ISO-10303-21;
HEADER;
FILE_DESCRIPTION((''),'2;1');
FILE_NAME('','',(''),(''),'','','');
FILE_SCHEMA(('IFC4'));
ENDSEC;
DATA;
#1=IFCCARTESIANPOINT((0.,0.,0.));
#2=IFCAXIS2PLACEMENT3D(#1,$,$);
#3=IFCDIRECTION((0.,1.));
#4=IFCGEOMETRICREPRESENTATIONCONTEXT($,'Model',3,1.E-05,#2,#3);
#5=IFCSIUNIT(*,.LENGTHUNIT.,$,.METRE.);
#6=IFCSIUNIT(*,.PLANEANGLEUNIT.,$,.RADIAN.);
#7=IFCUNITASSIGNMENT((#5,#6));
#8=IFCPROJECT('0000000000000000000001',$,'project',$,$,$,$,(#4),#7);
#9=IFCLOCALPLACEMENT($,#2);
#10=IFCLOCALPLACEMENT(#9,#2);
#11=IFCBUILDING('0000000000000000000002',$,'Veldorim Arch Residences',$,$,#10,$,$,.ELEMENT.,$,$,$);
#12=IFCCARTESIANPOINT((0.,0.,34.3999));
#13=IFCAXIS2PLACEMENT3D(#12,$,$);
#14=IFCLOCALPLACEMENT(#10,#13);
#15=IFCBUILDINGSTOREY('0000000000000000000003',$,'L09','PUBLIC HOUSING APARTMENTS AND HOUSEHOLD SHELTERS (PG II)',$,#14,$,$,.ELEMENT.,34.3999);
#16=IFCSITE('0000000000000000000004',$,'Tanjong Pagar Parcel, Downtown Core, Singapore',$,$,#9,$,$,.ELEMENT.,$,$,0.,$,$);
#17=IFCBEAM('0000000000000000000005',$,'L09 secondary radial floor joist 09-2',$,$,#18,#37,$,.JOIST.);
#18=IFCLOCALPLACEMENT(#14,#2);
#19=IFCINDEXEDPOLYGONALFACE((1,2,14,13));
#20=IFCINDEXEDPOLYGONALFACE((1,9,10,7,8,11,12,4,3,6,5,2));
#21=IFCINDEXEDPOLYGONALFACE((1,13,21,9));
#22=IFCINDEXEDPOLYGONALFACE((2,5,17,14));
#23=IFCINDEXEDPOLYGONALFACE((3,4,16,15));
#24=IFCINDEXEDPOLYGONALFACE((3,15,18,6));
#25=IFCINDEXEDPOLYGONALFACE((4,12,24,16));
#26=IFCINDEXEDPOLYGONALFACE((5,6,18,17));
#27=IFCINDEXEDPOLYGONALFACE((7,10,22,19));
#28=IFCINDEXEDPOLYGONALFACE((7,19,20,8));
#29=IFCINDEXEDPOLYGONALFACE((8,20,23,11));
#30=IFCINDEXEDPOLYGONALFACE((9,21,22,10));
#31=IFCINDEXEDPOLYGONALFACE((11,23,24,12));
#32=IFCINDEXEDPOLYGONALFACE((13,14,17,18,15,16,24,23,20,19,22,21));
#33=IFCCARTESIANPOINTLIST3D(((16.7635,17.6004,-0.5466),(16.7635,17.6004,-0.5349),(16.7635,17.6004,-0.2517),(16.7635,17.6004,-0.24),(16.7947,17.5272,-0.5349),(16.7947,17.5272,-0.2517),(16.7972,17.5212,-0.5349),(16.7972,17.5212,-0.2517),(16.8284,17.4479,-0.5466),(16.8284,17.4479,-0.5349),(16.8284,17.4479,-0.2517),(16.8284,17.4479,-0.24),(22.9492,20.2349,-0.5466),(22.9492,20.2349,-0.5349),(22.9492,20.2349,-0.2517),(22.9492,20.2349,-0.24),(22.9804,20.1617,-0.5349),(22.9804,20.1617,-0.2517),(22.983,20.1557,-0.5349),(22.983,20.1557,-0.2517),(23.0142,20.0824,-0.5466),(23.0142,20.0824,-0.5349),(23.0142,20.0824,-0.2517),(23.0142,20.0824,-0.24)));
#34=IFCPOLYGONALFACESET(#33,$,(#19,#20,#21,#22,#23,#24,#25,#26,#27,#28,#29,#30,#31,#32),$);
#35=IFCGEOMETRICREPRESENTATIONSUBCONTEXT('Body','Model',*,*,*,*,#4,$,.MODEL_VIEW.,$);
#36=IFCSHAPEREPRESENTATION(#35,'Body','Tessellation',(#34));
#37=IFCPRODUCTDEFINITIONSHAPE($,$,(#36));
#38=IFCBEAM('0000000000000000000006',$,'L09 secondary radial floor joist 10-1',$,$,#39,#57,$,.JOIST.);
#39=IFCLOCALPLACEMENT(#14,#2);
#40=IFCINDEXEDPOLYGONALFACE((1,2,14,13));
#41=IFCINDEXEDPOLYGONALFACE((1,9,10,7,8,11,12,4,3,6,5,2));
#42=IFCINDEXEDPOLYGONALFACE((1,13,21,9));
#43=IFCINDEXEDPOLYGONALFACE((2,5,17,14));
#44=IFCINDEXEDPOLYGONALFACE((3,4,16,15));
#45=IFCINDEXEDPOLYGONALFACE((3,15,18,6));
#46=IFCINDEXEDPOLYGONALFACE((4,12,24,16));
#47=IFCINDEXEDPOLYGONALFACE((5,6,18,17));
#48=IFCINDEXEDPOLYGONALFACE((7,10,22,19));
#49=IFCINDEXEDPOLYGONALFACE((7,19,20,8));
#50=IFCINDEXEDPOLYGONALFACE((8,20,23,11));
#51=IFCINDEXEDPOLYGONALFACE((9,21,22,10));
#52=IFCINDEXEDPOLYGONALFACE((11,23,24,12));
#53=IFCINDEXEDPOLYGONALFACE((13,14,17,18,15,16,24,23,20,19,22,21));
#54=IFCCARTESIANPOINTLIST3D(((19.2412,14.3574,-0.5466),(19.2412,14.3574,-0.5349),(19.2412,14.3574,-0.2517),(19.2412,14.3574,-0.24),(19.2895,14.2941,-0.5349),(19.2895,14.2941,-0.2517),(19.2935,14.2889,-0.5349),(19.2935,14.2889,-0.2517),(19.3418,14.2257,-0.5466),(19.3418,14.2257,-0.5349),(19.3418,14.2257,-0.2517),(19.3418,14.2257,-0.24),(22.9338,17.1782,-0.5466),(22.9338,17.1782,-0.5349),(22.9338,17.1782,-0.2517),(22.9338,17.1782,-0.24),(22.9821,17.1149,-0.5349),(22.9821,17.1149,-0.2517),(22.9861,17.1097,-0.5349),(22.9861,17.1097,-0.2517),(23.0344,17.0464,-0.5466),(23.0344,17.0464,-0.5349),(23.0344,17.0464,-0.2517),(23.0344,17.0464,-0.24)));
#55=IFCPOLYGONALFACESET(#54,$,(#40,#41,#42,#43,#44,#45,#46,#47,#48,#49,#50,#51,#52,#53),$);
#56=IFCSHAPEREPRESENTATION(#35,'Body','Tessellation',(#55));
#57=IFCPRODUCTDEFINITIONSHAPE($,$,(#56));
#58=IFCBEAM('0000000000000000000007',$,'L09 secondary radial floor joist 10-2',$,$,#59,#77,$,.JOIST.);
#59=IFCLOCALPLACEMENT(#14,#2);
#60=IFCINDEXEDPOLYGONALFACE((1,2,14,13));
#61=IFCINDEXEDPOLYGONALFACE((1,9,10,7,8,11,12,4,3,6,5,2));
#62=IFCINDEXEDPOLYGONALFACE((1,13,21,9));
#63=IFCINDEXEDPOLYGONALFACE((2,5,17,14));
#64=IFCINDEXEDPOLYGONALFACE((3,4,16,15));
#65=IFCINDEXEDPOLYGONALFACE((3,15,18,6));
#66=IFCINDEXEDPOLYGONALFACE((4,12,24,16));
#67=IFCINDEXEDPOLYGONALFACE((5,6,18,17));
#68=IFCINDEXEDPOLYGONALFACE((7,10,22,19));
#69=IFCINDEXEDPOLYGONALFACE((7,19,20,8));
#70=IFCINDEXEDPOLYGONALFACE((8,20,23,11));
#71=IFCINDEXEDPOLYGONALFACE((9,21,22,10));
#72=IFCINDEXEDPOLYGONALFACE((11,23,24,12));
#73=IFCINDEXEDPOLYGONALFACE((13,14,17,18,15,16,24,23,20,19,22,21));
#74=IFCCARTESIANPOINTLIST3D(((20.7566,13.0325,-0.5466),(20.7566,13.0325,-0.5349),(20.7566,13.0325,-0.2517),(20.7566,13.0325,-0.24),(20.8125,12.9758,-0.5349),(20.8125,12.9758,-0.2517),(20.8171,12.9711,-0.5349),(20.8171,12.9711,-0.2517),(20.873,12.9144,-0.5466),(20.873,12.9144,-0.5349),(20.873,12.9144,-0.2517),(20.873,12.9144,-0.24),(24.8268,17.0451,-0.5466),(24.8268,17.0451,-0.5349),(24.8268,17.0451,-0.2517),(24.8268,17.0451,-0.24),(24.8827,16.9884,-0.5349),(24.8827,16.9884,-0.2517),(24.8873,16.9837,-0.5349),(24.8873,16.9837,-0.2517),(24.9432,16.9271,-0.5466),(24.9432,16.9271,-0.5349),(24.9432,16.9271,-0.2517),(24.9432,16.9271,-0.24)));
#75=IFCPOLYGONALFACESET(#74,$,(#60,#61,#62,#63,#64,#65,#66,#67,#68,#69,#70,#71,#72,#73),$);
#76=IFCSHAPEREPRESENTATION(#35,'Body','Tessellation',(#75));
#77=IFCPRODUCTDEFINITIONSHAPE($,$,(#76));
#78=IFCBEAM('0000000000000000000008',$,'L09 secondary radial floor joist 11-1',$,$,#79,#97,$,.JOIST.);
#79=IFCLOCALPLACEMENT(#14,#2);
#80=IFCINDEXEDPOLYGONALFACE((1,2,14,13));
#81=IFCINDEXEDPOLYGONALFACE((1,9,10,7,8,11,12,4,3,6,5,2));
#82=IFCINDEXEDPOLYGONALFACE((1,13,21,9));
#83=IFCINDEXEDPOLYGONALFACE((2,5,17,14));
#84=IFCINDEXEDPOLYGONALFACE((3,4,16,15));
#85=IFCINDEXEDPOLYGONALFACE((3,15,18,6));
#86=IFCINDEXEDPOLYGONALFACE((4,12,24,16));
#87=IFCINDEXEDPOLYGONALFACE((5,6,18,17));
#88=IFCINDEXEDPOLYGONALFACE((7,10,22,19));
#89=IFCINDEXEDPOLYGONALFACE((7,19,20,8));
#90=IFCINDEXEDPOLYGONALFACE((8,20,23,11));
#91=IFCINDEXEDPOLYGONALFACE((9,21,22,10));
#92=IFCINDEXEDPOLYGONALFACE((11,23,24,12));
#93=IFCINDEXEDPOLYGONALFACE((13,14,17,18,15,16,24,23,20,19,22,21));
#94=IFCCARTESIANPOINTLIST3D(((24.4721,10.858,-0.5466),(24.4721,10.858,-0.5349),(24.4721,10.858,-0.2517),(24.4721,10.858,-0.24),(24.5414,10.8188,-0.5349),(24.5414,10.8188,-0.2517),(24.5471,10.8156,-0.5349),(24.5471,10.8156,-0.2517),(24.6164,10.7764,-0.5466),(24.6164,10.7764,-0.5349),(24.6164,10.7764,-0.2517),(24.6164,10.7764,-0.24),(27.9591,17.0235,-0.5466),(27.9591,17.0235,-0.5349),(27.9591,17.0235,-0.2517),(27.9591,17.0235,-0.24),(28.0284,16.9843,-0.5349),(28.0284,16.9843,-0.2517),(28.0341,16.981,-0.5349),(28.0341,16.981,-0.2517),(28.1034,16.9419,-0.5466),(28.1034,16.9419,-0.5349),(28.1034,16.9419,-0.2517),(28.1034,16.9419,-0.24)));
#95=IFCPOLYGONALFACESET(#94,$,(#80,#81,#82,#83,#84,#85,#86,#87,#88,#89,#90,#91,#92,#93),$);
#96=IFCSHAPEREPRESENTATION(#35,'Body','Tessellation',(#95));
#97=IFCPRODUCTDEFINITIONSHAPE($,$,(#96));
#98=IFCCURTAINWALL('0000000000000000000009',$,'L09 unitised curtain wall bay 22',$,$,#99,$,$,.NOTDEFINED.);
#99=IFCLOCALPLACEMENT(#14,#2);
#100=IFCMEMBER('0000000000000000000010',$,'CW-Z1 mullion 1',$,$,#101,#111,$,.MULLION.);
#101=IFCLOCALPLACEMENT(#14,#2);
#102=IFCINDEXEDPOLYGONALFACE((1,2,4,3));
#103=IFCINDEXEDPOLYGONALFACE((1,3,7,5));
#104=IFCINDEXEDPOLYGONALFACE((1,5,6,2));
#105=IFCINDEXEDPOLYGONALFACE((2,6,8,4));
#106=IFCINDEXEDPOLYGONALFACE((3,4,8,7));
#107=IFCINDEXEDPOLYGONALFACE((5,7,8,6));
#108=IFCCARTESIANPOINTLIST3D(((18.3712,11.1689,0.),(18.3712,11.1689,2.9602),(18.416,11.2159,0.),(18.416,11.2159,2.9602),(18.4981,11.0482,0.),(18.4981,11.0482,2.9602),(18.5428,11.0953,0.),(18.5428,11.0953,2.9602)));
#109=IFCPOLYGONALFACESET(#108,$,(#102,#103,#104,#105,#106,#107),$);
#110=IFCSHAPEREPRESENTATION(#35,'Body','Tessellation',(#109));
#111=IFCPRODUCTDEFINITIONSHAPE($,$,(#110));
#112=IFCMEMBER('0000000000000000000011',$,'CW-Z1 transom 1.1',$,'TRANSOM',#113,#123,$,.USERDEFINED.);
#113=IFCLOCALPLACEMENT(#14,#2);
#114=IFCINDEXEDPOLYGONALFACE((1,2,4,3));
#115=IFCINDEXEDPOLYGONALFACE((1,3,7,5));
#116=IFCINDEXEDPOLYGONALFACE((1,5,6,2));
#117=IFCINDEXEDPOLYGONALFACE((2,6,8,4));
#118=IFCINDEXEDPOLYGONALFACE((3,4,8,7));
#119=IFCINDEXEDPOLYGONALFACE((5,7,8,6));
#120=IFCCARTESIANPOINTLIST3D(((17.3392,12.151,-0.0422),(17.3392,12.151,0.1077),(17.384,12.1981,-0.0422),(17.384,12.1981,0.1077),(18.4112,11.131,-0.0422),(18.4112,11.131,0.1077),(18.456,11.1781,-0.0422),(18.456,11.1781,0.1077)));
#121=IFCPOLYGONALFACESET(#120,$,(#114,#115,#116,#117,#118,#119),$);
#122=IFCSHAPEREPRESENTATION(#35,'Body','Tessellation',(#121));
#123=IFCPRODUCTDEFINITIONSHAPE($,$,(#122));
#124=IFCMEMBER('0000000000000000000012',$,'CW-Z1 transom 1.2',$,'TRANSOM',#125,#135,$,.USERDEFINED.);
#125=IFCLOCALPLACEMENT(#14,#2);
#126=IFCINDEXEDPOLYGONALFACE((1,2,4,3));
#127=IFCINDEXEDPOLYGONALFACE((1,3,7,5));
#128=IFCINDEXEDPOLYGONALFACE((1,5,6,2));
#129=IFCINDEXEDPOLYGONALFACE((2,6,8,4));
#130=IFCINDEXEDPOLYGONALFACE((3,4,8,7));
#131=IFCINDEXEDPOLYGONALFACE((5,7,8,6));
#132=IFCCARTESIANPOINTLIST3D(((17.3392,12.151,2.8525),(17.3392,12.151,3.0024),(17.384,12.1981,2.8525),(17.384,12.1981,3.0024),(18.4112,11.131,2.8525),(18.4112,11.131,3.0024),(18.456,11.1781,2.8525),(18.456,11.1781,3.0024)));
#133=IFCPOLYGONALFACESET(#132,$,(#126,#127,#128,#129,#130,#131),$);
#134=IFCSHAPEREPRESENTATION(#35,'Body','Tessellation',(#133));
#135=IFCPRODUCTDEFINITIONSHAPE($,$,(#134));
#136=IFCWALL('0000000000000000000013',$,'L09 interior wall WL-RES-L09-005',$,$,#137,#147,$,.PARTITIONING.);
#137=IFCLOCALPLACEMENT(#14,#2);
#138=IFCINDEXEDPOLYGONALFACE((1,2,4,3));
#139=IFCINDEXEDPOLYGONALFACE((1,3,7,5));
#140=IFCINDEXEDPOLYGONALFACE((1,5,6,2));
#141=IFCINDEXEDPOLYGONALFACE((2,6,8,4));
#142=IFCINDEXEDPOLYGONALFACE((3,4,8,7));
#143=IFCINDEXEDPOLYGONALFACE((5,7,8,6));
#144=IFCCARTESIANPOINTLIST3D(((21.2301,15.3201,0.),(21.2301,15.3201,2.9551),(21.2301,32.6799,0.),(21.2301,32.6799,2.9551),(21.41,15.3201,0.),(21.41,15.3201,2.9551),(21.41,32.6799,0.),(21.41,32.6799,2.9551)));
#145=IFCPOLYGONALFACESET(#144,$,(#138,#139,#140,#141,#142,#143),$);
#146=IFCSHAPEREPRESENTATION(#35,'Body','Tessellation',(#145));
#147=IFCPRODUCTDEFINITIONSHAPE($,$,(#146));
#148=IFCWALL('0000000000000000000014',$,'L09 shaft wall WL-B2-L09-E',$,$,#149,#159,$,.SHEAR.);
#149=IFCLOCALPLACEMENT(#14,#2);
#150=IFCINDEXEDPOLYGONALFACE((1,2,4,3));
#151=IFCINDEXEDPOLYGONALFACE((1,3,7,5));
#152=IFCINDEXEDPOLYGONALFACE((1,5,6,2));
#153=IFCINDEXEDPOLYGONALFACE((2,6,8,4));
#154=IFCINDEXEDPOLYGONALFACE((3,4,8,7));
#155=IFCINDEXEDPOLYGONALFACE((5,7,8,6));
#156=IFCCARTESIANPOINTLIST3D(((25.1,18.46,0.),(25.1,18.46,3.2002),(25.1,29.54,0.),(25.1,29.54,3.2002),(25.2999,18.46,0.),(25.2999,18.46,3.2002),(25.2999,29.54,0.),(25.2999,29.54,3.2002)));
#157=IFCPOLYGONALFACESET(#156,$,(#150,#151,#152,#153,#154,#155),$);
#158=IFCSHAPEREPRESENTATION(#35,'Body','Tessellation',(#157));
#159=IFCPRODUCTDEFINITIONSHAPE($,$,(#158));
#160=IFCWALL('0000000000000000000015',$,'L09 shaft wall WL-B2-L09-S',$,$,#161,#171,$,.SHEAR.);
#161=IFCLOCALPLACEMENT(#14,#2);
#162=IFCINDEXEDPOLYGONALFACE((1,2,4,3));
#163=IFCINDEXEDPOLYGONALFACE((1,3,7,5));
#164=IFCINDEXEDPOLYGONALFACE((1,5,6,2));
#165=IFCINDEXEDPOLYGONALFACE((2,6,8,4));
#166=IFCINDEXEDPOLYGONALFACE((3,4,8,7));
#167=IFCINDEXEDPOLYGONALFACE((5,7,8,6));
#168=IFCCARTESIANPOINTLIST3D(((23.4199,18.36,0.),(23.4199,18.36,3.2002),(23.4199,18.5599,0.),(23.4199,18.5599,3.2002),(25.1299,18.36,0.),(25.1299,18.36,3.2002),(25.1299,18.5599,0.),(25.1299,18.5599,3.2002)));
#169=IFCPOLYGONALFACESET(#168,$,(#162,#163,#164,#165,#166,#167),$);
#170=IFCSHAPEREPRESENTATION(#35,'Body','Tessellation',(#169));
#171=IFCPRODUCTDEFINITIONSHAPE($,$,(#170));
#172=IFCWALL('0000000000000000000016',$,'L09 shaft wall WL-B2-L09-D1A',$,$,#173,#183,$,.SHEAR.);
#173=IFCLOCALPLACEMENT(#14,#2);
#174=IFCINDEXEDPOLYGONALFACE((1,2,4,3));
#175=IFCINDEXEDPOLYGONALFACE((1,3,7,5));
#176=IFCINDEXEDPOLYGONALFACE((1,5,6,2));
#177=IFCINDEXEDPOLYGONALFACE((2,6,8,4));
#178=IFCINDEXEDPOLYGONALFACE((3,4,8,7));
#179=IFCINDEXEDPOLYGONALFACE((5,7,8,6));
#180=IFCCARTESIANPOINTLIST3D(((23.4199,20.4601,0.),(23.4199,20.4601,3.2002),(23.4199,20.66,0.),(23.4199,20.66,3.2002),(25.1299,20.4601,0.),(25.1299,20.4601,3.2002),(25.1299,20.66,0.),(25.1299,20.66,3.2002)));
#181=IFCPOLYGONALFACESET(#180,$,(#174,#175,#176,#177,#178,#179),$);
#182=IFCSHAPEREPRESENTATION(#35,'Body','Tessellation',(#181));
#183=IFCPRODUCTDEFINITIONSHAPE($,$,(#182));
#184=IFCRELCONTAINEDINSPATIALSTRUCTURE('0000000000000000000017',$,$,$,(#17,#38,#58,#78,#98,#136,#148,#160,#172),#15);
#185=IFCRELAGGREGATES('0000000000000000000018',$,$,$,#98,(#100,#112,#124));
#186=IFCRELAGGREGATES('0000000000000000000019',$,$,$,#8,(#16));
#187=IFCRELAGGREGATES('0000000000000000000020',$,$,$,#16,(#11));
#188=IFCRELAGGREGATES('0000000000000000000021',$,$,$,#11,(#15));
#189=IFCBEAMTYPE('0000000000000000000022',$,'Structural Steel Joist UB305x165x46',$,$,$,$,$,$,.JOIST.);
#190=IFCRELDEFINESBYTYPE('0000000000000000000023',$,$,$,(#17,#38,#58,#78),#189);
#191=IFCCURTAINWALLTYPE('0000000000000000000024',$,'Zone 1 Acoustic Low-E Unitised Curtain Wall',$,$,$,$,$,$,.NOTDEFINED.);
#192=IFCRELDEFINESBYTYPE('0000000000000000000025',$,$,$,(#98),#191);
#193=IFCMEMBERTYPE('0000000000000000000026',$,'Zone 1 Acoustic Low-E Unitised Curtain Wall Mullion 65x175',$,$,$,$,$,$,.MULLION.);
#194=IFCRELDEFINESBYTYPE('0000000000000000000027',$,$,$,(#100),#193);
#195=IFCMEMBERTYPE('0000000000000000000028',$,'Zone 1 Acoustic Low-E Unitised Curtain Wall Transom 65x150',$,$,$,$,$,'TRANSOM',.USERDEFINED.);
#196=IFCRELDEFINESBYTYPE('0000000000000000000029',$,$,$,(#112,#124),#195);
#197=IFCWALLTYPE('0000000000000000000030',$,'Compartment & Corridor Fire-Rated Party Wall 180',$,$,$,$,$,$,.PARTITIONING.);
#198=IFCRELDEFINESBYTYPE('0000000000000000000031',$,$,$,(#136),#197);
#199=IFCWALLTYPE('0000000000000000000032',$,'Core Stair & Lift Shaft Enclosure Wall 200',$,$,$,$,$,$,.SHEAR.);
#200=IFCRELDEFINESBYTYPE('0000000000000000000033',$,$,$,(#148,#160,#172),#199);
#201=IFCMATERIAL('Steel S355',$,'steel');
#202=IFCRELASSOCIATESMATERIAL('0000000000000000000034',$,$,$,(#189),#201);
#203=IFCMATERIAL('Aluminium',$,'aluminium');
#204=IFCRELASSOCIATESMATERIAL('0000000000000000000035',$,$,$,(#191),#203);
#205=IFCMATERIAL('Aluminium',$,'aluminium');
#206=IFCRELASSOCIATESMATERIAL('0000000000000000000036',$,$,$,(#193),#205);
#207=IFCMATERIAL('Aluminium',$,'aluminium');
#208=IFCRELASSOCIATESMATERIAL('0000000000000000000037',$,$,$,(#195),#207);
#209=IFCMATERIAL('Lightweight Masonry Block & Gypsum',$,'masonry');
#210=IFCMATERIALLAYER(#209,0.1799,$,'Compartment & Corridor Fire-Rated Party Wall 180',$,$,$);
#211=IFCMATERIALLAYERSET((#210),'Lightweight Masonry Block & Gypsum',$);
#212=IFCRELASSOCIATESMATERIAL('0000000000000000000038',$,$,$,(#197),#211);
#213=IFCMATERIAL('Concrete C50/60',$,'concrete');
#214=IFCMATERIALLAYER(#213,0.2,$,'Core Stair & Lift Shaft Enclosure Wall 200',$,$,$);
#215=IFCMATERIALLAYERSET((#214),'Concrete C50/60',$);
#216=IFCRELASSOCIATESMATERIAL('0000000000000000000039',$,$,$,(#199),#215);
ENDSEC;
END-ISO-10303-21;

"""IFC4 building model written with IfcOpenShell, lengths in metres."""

from ifc_helpers import new_model, si_unit, direction, frame, frame_2d, origin, origin_2d, place, context, subcontext, project, spatial, rectangle, i_section, extrude, material, layer, layer_set, material_profile, profile_set, type_object, element, aggregate, save


model = new_model("IFC4")

# Units and contexts
model_context = context("Model", 3, precision=1e-05, world=origin(), true_north=direction((0.0, 1.0)))
body_context = subcontext(model_context, "Body", "Model", "MODEL_VIEW")
ifc_project = project(units=[si_unit("LENGTHUNIT", "METRE"), si_unit("PLANEANGLEUNIT", "RADIAN")], contexts=[model_context])

# Site, building, storey
site_placement = place(None, origin())
site = spatial("IfcSite", under=ifc_project, at=site_placement, Name="Tanjong Pagar Parcel, Downtown Core, Singapore", CompositionType="ELEMENT", RefElevation=0.0)
building_placement = place(site_placement, origin())
building = spatial("IfcBuilding", under=site, at=building_placement, Name="Veldorim Arch Residences", CompositionType="ELEMENT")
storey_placement = place(building_placement, frame((0.0, 0.0, 34.3999)))
storey = spatial("IfcBuildingStorey", under=building, at=storey_placement, Name="L09", Description="PUBLIC HOUSING APARTMENTS AND HOUSEHOLD SHELTERS (PG II)", CompositionType="ELEMENT", Elevation=34.3999)

# Beams
ifc_material_1 = material(Name="Steel S355", Category="steel")
ifc_material_profile_1 = material_profile(ifc_material_1, i_section(OverallWidth=0.1658, OverallDepth=0.3066, WebThickness=0.0066, FlangeThickness=0.0117, at=origin_2d()), Name="UB305x165x46")
ifc_profile_set_1 = profile_set([ifc_material_profile_1], Name="Steel S355")
beam_type_1 = type_object("IfcBeamType", Name="Structural Steel Joist UB305x165x46", PredefinedType="JOIST", material=ifc_profile_set_1)
beam_1_placement = place(storey_placement, frame((22.9817, 20.1587, -0.3933), z_axis=(-0.920033, -0.391841, 0.0), x_axis=(0.391841, -0.920033, 0.0)))
element("IfcBeam", 1, at=beam_1_placement, inside=storey, type_object=beam_type_1, Name="L09 secondary radial floor joist 09-2", PredefinedType="JOIST", context=body_context, shape_type="SweptSolid", body=[
    extrude(i_section(OverallWidth=0.1658, OverallDepth=0.3066, WebThickness=0.0066, FlangeThickness=0.0117, at=origin_2d()), origin(), (0.0, 0.0, 1.0), 6.7234),
])
beam_2_placement = place(storey_placement, frame((22.9841, 17.1123, -0.3933), z_axis=(-0.794666, -0.607046, 0.0), x_axis=(0.607046, -0.794666, 0.0)))
element("IfcBeam", 2, at=beam_2_placement, inside=storey, type_object=beam_type_1, Name="L09 secondary radial floor joist 10-1", PredefinedType="JOIST", context=body_context, shape_type="SweptSolid", body=[
    extrude(i_section(OverallWidth=0.1658, OverallDepth=0.3066, WebThickness=0.0066, FlangeThickness=0.0117, at=origin_2d()), origin(), (0.0, 0.0, 1.0), 4.6467),
])
beam_3_placement = place(storey_placement, frame((24.885, 16.9861, -0.3933), z_axis=(-0.712129, -0.702049, 0.0), x_axis=(0.702049, -0.712129, 0.0)))
element("IfcBeam", 3, at=beam_3_placement, inside=storey, type_object=beam_type_1, Name="L09 secondary radial floor joist 10-2", PredefinedType="JOIST", context=body_context, shape_type="SweptSolid", body=[
    extrude(i_section(OverallWidth=0.1658, OverallDepth=0.3066, WebThickness=0.0066, FlangeThickness=0.0117, at=origin_2d()), origin(), (0.0, 0.0, 1.0), 5.7156),
])
beam_4_placement = place(storey_placement, frame((28.0312, 16.9827, -0.3933), z_axis=(-0.492292, -0.87043, 0.0), x_axis=(0.87043, -0.492292, 0.0)))
element("IfcBeam", 4, at=beam_4_placement, inside=storey, type_object=beam_type_1, Name="L09 secondary radial floor joist 11-1", PredefinedType="JOIST", context=body_context, shape_type="SweptSolid", body=[
    extrude(i_section(OverallWidth=0.1658, OverallDepth=0.3066, WebThickness=0.0066, FlangeThickness=0.0117, at=origin_2d()), origin(), (0.0, 0.0, 1.0), 7.0833),
])

# Curtain wall, members
ifc_material_2 = material(Name="Aluminium", Category="aluminium")
curtain_wall_type = type_object("IfcCurtainWallType", Name="Zone 1 Acoustic Low-E Unitised Curtain Wall", PredefinedType="NOTDEFINED", material=ifc_material_2)
curtain_wall_placement = place(storey_placement, origin())
curtain_wall = element("IfcCurtainWall", 5, at=curtain_wall_placement, inside=storey, type_object=curtain_wall_type, Name="L09 unitised curtain wall bay 22", PredefinedType="NOTDEFINED")
ifc_material_3 = material(Name="Aluminium", Category="aluminium")
ifc_material_profile_2 = material_profile(ifc_material_3, rectangle(XDim=0.0649, YDim=0.175, at=origin_2d()), Name="ALU_MUL_65x175")
ifc_profile_set_2 = profile_set([ifc_material_profile_2], Name="Aluminium")
member_type_1 = type_object("IfcMemberType", Name="Zone 1 Acoustic Low-E Unitised Curtain Wall Mullion 65x175", PredefinedType="MULLION", material=ifc_profile_set_2)
member_1_placement = place(storey_placement, frame((18.457, 11.1321, 0.0), z_axis=(0.0, 0.0, 1.0), x_axis=(-0.689245, -0.724528, 0.0)))
member_1 = element("IfcMember", 6, at=member_1_placement, type_object=member_type_1, Name="CW-Z1 mullion 1", PredefinedType="MULLION", context=body_context, shape_type="SweptSolid", body=[
    extrude(rectangle(XDim=0.0649, YDim=0.175, at=origin_2d()), origin(), (0.0, 0.0, 1.0), 2.9602),
])
ifc_material_4 = material(Name="Aluminium", Category="aluminium")
ifc_material_profile_3 = material_profile(ifc_material_4, rectangle(XDim=0.0649, YDim=0.1499, at=origin_2d()), Name="ALU_TRN_65x150")
ifc_profile_set_3 = profile_set([ifc_material_profile_3], Name="Aluminium")
member_type_2 = type_object("IfcMemberType", Name="Zone 1 Acoustic Low-E Unitised Curtain Wall Transom 65x150", ElementType="TRANSOM", PredefinedType="USERDEFINED", material=ifc_profile_set_3)
member_2_placement = place(storey_placement, frame((18.4336, 11.1545, 0.0327), z_axis=(-0.72446, 0.689317, 0.0), x_axis=(-0.689317, -0.72446, 0.0)))
member_2 = element("IfcMember", 7, at=member_2_placement, type_object=member_type_2, Name="CW-Z1 transom 1.1", ObjectType="TRANSOM", PredefinedType="USERDEFINED", context=body_context, shape_type="SweptSolid", body=[
    extrude(rectangle(XDim=0.0649, YDim=0.1499, at=origin_2d()), origin(), (0.0, 0.0, 1.0), 1.4797),
])
member_3_placement = place(storey_placement, frame((18.4336, 11.1545, 2.9275), z_axis=(-0.72446, 0.689317, 0.0), x_axis=(-0.689317, -0.72446, 0.0)))
member_3 = element("IfcMember", 8, at=member_3_placement, type_object=member_type_2, Name="CW-Z1 transom 1.2", ObjectType="TRANSOM", PredefinedType="USERDEFINED", context=body_context, shape_type="SweptSolid", body=[
    extrude(rectangle(XDim=0.0649, YDim=0.1499, at=origin_2d()), origin(), (0.0, 0.0, 1.0), 1.4797),
])
aggregate(curtain_wall, [member_1, member_2, member_3])

# Walls
ifc_material_5 = material(Name="Lightweight Masonry Block & Gypsum", Category="masonry")
ifc_layer_1 = layer(ifc_material_5, 0.1799, Name="Compartment & Corridor Fire-Rated Party Wall 180")
ifc_layer_set_1 = layer_set([ifc_layer_1], Name="Lightweight Masonry Block & Gypsum")
wall_type_1 = type_object("IfcWallType", Name="Compartment & Corridor Fire-Rated Party Wall 180", PredefinedType="PARTITIONING", material=ifc_layer_set_1)
wall_1_placement = place(storey_placement, frame((21.3201, 15.3201, 0.0), z_axis=(0.0, 0.0, 1.0), x_axis=(0.0, 1.0, 0.0)))
element("IfcWall", 9, at=wall_1_placement, inside=storey, type_object=wall_type_1, Name="L09 interior wall WL-RES-L09-005", PredefinedType="PARTITIONING", context=body_context, shape_type="SweptSolid", body=[
    extrude(rectangle(XDim=17.3599, YDim=0.1799, at=frame_2d((8.6799, 0.0))), origin(), (0.0, 0.0, 1.0), 2.9551),
])
ifc_material_6 = material(Name="Concrete C50/60", Category="concrete")
ifc_layer_2 = layer(ifc_material_6, 0.2, Name="Core Stair & Lift Shaft Enclosure Wall 200")
ifc_layer_set_2 = layer_set([ifc_layer_2], Name="Concrete C50/60")
wall_type_2 = type_object("IfcWallType", Name="Core Stair & Lift Shaft Enclosure Wall 200", PredefinedType="SHEAR", material=ifc_layer_set_2)
wall_2_placement = place(storey_placement, frame((25.2, 18.46, 0.0), z_axis=(0.0, 0.0, 1.0), x_axis=(0.0, 1.0, 0.0)))
element("IfcWall", 10, at=wall_2_placement, inside=storey, type_object=wall_type_2, Name="L09 shaft wall WL-B2-L09-E", PredefinedType="SHEAR", context=body_context, shape_type="SweptSolid", body=[
    extrude(rectangle(XDim=11.0801, YDim=0.2, at=frame_2d((5.54, 0.0))), origin(), (0.0, 0.0, 1.0), 3.2002),
])
for number, where, z_axis, x_axis, name in (
    (11, (23.4199, 18.46, 0.0), (0.0, 0.0, 1.0), (1.0, 0.0, 0.0), "L09 shaft wall WL-B2-L09-S"),
    (12, (23.4199, 20.5601, 0.0), (0.0, 0.0, 1.0), (1.0, 0.0, 0.0), "L09 shaft wall WL-B2-L09-D1A"),
):
    element("IfcWall", number, at=place(storey_placement, frame(where, z_axis=z_axis, x_axis=x_axis)), inside=storey, type_object=wall_type_2, Name=name, PredefinedType="SHEAR", context=body_context, shape_type="SweptSolid", body=[
        extrude(rectangle(XDim=1.71, YDim=0.2, at=frame_2d((0.855, 0.0))), origin(), (0.0, 0.0, 1.0), 3.2002),
    ])

save(model, "model.ifc")
